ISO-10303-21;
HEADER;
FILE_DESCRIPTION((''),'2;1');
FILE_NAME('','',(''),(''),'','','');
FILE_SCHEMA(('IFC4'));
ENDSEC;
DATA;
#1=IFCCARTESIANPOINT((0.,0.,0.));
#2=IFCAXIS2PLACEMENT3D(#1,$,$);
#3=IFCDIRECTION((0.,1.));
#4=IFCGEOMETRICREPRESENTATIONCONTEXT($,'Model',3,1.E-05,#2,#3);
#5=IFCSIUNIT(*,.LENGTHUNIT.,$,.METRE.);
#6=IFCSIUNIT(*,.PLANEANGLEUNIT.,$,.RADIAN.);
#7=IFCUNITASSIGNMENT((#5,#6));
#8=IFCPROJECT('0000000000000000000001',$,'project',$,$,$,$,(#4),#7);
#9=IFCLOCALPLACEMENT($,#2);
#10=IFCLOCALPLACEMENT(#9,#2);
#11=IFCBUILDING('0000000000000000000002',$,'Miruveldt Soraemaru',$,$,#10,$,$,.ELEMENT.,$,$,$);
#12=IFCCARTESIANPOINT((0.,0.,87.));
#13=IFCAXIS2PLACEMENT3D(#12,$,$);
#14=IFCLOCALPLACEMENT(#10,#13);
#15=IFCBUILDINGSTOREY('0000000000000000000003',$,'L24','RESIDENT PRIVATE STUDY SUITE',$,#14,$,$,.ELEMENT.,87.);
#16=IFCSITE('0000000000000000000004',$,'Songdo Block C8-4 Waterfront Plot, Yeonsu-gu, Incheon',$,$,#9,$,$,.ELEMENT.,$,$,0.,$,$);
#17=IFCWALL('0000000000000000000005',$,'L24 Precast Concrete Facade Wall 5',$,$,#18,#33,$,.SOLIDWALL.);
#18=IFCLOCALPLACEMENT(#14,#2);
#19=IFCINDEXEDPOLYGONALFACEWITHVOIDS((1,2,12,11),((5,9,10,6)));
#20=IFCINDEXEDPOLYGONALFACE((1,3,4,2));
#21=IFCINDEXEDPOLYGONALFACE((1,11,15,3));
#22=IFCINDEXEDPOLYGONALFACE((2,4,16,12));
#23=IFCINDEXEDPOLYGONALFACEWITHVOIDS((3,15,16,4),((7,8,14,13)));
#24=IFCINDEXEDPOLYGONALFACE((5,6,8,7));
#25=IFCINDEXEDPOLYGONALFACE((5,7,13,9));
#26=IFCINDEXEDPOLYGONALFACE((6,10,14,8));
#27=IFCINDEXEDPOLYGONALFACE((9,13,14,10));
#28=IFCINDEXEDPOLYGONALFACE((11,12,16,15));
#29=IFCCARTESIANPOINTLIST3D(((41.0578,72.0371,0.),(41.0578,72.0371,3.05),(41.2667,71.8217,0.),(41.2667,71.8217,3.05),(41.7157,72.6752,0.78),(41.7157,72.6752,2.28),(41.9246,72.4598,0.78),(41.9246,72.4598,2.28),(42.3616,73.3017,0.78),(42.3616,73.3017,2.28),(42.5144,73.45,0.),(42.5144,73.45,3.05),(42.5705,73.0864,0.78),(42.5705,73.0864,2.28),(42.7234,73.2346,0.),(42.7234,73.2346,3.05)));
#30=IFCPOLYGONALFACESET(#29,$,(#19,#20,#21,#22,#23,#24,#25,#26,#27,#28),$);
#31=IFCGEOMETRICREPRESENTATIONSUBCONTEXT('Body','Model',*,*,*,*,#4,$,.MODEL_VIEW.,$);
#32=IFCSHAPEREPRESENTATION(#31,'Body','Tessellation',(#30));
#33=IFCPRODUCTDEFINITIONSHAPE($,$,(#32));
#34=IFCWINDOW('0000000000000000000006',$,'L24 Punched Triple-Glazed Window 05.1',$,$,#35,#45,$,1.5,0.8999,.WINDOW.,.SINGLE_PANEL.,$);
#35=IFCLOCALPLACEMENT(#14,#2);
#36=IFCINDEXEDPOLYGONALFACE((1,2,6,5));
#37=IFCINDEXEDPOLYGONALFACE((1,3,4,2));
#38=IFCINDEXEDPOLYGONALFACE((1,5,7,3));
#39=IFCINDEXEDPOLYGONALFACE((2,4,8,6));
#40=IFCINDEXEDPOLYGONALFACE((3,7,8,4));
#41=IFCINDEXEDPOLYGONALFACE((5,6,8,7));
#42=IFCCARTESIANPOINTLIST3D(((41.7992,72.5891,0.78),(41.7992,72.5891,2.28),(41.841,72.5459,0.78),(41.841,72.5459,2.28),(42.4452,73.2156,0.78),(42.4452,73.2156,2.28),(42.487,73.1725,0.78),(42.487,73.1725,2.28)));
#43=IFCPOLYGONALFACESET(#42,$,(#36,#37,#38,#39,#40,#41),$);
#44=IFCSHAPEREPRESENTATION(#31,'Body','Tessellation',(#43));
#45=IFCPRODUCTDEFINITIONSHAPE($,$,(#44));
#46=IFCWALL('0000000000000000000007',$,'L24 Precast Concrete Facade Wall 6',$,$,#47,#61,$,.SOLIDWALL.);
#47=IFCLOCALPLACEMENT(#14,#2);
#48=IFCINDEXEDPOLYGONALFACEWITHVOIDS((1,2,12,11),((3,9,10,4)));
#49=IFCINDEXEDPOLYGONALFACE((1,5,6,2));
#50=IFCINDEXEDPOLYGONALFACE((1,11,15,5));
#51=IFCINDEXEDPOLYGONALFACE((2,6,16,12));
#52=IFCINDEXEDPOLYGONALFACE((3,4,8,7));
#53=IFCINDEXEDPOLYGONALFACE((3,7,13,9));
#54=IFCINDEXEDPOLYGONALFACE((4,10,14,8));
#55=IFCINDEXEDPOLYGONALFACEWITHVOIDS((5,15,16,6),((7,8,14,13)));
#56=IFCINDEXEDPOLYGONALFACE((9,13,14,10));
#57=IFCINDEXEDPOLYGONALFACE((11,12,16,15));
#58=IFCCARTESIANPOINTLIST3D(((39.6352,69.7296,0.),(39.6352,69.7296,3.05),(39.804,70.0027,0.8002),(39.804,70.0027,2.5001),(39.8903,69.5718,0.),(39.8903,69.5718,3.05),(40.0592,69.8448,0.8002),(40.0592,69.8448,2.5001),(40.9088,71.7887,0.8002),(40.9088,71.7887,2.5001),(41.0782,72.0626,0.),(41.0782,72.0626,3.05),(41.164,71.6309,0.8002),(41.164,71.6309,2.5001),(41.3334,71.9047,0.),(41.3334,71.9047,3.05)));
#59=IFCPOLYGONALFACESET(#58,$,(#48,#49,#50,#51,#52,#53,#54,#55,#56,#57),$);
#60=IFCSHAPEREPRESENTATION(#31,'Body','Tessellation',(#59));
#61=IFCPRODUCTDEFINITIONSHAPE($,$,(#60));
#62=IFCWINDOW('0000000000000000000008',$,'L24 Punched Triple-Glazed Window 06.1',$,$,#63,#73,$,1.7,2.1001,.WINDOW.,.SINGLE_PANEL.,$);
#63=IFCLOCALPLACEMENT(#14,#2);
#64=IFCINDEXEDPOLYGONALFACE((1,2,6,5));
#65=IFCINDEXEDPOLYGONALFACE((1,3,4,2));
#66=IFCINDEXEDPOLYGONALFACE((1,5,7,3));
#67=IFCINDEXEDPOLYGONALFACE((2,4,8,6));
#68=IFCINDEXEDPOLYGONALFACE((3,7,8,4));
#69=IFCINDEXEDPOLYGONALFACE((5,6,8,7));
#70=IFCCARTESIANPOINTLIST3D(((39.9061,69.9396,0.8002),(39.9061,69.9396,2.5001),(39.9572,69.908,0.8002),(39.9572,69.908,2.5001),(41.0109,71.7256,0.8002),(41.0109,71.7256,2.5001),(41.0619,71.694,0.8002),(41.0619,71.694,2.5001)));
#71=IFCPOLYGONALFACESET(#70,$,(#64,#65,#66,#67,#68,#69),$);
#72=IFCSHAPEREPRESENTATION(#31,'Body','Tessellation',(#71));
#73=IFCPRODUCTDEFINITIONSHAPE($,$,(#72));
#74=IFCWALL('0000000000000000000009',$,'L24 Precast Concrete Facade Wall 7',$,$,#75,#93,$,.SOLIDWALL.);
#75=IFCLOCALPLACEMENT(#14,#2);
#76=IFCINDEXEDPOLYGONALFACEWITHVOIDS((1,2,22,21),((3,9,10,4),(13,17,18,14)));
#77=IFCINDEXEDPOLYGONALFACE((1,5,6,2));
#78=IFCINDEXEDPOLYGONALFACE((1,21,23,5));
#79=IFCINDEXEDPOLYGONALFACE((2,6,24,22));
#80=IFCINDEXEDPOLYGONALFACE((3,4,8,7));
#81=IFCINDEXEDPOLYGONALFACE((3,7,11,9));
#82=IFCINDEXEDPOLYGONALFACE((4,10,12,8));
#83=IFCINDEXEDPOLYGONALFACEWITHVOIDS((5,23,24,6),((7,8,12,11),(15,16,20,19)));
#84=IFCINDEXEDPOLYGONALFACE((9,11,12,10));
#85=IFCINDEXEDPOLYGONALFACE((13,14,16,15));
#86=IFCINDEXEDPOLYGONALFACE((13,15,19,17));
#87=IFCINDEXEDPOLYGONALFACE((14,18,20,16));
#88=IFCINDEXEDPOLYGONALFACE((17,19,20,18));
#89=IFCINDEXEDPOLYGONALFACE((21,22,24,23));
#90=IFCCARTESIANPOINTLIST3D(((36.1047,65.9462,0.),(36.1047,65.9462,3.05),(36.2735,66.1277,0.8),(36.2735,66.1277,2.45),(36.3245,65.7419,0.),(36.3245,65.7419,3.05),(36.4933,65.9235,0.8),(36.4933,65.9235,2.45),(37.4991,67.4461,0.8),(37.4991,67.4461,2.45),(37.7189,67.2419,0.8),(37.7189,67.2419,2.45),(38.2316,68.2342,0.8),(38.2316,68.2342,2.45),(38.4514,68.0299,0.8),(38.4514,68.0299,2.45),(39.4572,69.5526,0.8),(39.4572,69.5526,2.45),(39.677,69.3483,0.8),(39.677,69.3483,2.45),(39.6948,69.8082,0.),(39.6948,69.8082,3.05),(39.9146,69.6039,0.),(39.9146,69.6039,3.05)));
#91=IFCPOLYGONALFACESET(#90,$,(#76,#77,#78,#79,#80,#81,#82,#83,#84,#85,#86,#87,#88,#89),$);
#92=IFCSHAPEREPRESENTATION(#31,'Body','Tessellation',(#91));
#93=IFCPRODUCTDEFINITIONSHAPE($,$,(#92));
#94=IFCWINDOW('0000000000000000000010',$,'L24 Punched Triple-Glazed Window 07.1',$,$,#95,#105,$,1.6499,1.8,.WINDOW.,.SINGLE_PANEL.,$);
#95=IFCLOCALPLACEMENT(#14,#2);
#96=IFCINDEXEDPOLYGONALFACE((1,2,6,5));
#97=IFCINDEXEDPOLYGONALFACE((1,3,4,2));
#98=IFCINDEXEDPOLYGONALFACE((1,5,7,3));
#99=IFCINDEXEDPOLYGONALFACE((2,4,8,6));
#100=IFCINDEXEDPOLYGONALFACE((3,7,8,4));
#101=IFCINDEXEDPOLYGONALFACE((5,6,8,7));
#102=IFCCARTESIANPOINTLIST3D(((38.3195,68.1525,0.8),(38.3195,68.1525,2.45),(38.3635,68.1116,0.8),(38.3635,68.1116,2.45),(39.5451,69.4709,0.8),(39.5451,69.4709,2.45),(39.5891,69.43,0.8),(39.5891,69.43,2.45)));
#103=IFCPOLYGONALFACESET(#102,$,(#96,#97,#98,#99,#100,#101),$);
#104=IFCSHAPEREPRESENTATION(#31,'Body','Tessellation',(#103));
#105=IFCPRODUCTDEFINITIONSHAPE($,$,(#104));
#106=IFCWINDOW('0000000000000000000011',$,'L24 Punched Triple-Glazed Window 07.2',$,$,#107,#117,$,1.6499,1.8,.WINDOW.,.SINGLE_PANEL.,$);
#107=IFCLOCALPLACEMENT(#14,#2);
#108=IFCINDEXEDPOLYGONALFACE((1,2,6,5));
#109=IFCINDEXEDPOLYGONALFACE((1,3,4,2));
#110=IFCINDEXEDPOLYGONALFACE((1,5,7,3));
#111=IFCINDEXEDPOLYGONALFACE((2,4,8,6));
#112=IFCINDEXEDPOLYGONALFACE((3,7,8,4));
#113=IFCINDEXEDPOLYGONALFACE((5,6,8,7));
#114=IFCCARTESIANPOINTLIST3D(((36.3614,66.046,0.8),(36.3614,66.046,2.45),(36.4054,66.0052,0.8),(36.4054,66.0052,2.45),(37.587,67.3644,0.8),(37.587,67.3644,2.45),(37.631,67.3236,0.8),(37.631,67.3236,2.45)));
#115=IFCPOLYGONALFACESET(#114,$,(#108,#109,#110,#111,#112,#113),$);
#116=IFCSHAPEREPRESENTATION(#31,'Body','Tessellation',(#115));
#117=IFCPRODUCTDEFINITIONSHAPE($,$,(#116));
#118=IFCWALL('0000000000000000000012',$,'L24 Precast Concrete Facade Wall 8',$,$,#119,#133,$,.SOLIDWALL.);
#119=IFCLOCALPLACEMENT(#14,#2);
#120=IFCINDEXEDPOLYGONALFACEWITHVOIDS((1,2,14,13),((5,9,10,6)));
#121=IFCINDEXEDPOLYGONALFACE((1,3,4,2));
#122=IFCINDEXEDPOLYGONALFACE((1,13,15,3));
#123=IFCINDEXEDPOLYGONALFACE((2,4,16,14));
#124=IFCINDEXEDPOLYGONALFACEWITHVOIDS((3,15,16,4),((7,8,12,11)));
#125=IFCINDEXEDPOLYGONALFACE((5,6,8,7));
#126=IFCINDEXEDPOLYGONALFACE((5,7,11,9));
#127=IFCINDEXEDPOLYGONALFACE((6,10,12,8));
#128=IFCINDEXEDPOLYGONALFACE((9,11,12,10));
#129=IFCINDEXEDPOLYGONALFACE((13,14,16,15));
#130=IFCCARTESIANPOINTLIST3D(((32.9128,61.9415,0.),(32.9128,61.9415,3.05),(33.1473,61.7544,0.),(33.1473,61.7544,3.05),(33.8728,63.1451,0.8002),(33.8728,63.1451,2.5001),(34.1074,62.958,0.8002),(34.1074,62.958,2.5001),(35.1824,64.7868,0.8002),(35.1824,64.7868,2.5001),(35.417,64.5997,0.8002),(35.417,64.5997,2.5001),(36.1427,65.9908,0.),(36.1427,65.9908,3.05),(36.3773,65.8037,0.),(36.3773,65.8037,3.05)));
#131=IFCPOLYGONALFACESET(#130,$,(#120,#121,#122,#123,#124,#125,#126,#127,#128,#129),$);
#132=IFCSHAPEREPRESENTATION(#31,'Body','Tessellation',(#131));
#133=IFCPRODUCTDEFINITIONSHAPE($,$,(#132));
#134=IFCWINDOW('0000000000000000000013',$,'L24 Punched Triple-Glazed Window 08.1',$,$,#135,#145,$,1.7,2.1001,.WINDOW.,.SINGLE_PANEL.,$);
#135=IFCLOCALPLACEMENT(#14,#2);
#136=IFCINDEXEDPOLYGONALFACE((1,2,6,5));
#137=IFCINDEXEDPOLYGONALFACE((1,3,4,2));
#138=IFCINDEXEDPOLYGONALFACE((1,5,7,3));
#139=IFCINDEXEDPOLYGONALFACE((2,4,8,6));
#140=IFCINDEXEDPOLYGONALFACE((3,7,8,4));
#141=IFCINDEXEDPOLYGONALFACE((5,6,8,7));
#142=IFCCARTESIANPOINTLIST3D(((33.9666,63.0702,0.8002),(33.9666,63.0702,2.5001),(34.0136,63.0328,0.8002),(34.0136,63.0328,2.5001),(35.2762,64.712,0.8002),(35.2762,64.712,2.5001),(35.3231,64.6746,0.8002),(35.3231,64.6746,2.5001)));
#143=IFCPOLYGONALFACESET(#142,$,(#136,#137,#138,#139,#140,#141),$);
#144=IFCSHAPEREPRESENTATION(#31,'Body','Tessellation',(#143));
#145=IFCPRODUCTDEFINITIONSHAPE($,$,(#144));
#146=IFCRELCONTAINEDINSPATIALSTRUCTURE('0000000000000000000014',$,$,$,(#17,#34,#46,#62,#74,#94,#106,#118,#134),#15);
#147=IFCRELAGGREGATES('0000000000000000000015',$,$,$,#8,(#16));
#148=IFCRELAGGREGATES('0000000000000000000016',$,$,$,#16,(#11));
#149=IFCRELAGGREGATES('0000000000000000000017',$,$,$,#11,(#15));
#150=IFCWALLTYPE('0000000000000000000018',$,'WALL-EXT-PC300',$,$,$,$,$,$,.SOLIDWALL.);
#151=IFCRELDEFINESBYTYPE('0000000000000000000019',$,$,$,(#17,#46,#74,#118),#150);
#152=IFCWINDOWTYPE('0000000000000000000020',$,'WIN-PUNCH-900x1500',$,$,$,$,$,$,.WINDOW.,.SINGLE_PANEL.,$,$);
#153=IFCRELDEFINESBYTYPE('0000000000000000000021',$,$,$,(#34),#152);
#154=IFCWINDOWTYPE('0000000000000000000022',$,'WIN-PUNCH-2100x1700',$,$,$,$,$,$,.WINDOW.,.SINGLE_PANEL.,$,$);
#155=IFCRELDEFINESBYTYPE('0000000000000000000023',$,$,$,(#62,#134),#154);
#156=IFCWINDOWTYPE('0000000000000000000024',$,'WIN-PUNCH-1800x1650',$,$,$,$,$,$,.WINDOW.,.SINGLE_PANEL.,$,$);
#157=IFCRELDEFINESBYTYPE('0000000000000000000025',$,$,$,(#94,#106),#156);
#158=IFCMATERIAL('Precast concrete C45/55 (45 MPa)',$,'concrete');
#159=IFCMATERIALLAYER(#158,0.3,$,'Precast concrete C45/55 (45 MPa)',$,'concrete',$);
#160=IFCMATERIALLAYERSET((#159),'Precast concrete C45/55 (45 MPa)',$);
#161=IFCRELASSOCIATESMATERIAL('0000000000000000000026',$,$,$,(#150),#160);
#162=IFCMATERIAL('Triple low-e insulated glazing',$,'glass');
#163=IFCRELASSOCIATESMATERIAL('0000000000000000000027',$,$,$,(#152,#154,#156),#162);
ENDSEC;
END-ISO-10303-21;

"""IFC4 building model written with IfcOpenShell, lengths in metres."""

from ifc_helpers import new_model, si_unit, direction, frame, frame_2d, origin, place, context, subcontext, project, spatial, rectangle, extrude, material, layer, layer_set, type_object, element, fill, save


model = new_model("IFC4")

# Units and contexts
model_context = context("Model", 3, precision=1e-05, world=origin(), true_north=direction((0.0, 1.0)))
body_context = subcontext(model_context, "Body", "Model", "MODEL_VIEW")
ifc_project = project(units=[si_unit("LENGTHUNIT", "METRE"), si_unit("PLANEANGLEUNIT", "RADIAN")], contexts=[model_context])

# Site, building, storey
site_placement = place(None, origin())
site = spatial("IfcSite", under=ifc_project, at=site_placement, Name="Songdo Block C8-4 Waterfront Plot, Yeonsu-gu, Incheon", CompositionType="ELEMENT", RefElevation=0.0)
building_placement = place(site_placement, origin())
building = spatial("IfcBuilding", under=site, at=building_placement, Name="Miruveldt Soraemaru", CompositionType="ELEMENT")
storey_placement = place(building_placement, frame((0.0, 0.0, 87.0)))
storey = spatial("IfcBuildingStorey", under=building, at=storey_placement, Name="L24", Description="RESIDENT PRIVATE STUDY SUITE", CompositionType="ELEMENT", Elevation=87.0)

# Walls, openings, windows
ifc_material_1 = material(Name="Precast concrete C45/55 (45 MPa)", Category="concrete")
ifc_layer_1 = layer(ifc_material_1, 0.3, Name="Precast concrete C45/55 (45 MPa)", Category="concrete")
ifc_layer_set_1 = layer_set([ifc_layer_1], Name="Precast concrete C45/55 (45 MPa)")
wall_type_1 = type_object("IfcWallType", Name="WALL-EXT-PC300", PredefinedType="SOLIDWALL", material=ifc_layer_set_1)
wall_1_placement = place(storey_placement, frame((42.6189, 73.3423, 0.0), z_axis=(0.0, 0.0, 1.0), x_axis=(-0.717793, -0.696257, 0.0)))
wall_1 = element("IfcWall", 1, at=wall_1_placement, inside=storey, type_object=wall_type_1, Name="L24 Precast Concrete Facade Wall 5", PredefinedType="SOLIDWALL", context=body_context, shape_type="SweptSolid", body=[
    extrude(rectangle(XDim=2.0293, YDim=0.3, at=frame_2d((1.0146, 0.0))), origin(), (0.0, 0.0, 1.0), 3.05),
])
opening_1_placement = place(wall_1_placement, frame((0.2129, 0.0, 0.78)))
opening_1 = element("IfcOpeningElement", 2, at=opening_1_placement, cuts=wall_1, PredefinedType="OPENING", context=body_context, shape_type="SweptSolid", body=[
    extrude(rectangle(XDim=0.8999, YDim=1.5, at=frame_2d((0.45, 0.75))), frame((0.0, 0.1602, 0.0), z_axis=(0.0, -1.0, 0.0), x_axis=(1.0, 0.0, 0.0)), (0.0, 0.0, 1.0), 0.3201),
])
ifc_material_2 = material(Name="Triple low-e insulated glazing", Category="glass")
window_type_1 = type_object("IfcWindowType", Name="WIN-PUNCH-900x1500", PartitioningType="SINGLE_PANEL", PredefinedType="WINDOW", material=ifc_material_2)
window_1_placement = place(opening_1_placement, origin())
window_1 = element("IfcWindow", 3, at=window_1_placement, inside=storey, type_object=window_type_1, Name="L24 Punched Triple-Glazed Window 05.1", OverallHeight=1.5, OverallWidth=0.8999, PartitioningType="SINGLE_PANEL", PredefinedType="WINDOW", context=body_context, shape_type="SweptSolid", body=[
    extrude(rectangle(XDim=0.8999, YDim=1.5, at=frame_2d((0.45, 0.75))), frame((0.0, 0.03, 0.0), z_axis=(0.0, -1.0, 0.0), x_axis=(1.0, 0.0, 0.0)), (0.0, 0.0, 1.0), 0.0601),
])
fill(opening_1, window_1)
wall_2_placement = place(storey_placement, frame((41.2058, 71.9836, 0.0), z_axis=(0.0, 0.0, 1.0), x_axis=(-0.526057, -0.850449, 0.0)))
wall_2 = element("IfcWall", 4, at=wall_2_placement, inside=storey, type_object=wall_type_1, Name="L24 Precast Concrete Facade Wall 6", PredefinedType="SOLIDWALL", context=body_context, shape_type="SweptSolid", body=[
    extrude(rectangle(XDim=2.7432, YDim=0.3, at=frame_2d((1.3716, 0.0))), origin(), (0.0, 0.0, 1.0), 3.05),
])
opening_2_placement = place(wall_2_placement, frame((0.322, 0.0, 0.8)))
opening_2 = element("IfcOpeningElement", 5, at=opening_2_placement, cuts=wall_2, PredefinedType="OPENING", context=body_context, shape_type="SweptSolid", body=[
    extrude(rectangle(XDim=2.1001, YDim=1.7, at=frame_2d((1.05, 0.8501))), frame((0.0, 0.1602, 0.0), z_axis=(0.0, -1.0, 0.0), x_axis=(1.0, 0.0, 0.0)), (0.0, 0.0, 1.0), 0.3201),
])
window_type_2 = type_object("IfcWindowType", Name="WIN-PUNCH-2100x1700", PartitioningType="SINGLE_PANEL", PredefinedType="WINDOW", material=ifc_material_2)
window_2_placement = place(opening_2_placement, origin())
window_2 = element("IfcWindow", 6, at=window_2_placement, inside=storey, type_object=window_type_2, Name="L24 Punched Triple-Glazed Window 06.1", OverallHeight=1.7, OverallWidth=2.1001, PartitioningType="SINGLE_PANEL", PredefinedType="WINDOW", context=body_context, shape_type="SweptSolid", body=[
    extrude(rectangle(XDim=2.1001, YDim=1.7, at=frame_2d((1.05, 0.8501))), frame((0.0, 0.03, 0.0), z_axis=(0.0, -1.0, 0.0), x_axis=(1.0, 0.0, 0.0)), (0.0, 0.0, 1.0), 0.0601),
])
fill(opening_2, window_2)

# Wall, openings, windows
wall_3_placement = place(storey_placement, frame((39.8047, 69.7061, 0.0), z_axis=(0.0, 0.0, 1.0), x_axis=(-0.680847, -0.732426, 0.0)))
wall_3 = element("IfcWall", 7, at=wall_3_placement, inside=storey, type_object=wall_type_1, Name="L24 Precast Concrete Facade Wall 7", PredefinedType="SOLIDWALL", context=body_context, shape_type="SweptSolid", body=[
    extrude(rectangle(XDim=5.2729, YDim=0.3, at=frame_2d((2.6365, 0.0))), origin(), (0.0, 0.0, 1.0), 3.05),
])
opening_3_placement = place(wall_3_placement, frame((0.3491, 0.0, 0.8)))
opening_3 = element("IfcOpeningElement", 8, at=opening_3_placement, cuts=wall_3, PredefinedType="OPENING", context=body_context, shape_type="SweptSolid", body=[
    extrude(rectangle(XDim=1.8, YDim=1.6499, at=frame_2d((0.8999, 0.825))), frame((0.0, 0.1602, 0.0), z_axis=(0.0, -1.0, 0.0), x_axis=(1.0, 0.0, 0.0)), (0.0, 0.0, 1.0), 0.3201),
])
opening_4_placement = place(wall_3_placement, frame((3.2251, 0.0, 0.8)))
opening_4 = element("IfcOpeningElement", 9, at=opening_4_placement, cuts=wall_3, PredefinedType="OPENING", context=body_context, shape_type="SweptSolid", body=[
    extrude(rectangle(XDim=1.8, YDim=1.6499, at=frame_2d((0.8999, 0.825))), frame((0.0, 0.1602, 0.0), z_axis=(0.0, -1.0, 0.0), x_axis=(1.0, 0.0, 0.0)), (0.0, 0.0, 1.0), 0.3201),
])
window_type_3 = type_object("IfcWindowType", Name="WIN-PUNCH-1800x1650", PartitioningType="SINGLE_PANEL", PredefinedType="WINDOW", material=ifc_material_2)
window_3_placement = place(opening_3_placement, origin())
window_3 = element("IfcWindow", 10, at=window_3_placement, inside=storey, type_object=window_type_3, Name="L24 Punched Triple-Glazed Window 07.1", OverallHeight=1.6499, OverallWidth=1.8, PartitioningType="SINGLE_PANEL", PredefinedType="WINDOW", context=body_context, shape_type="SweptSolid", body=[
    extrude(rectangle(XDim=1.8, YDim=1.6499, at=frame_2d((0.8999, 0.825))), frame((0.0, 0.03, 0.0), z_axis=(0.0, -1.0, 0.0), x_axis=(1.0, 0.0, 0.0)), (0.0, 0.0, 1.0), 0.0601),
])
fill(opening_3, window_3)
window_4_placement = place(opening_4_placement, origin())
window_4 = element("IfcWindow", 11, at=window_4_placement, inside=storey, type_object=window_type_3, Name="L24 Punched Triple-Glazed Window 07.2", OverallHeight=1.6499, OverallWidth=1.8, PartitioningType="SINGLE_PANEL", PredefinedType="WINDOW", context=body_context, shape_type="SweptSolid", body=[
    extrude(rectangle(XDim=1.8, YDim=1.6499, at=frame_2d((0.8999, 0.825))), frame((0.0, 0.03, 0.0), z_axis=(0.0, -1.0, 0.0), x_axis=(1.0, 0.0, 0.0)), (0.0, 0.0, 1.0), 0.0601),
])
fill(opening_4, window_4)

# Wall, opening, window
wall_4_placement = place(storey_placement, frame((36.26, 65.8972, 0.0), z_axis=(0.0, 0.0, 1.0), x_axis=(-0.623579, -0.78176, 0.0)))
wall_4 = element("IfcWall", 12, at=wall_4_placement, inside=storey, type_object=wall_type_1, Name="L24 Precast Concrete Facade Wall 8", PredefinedType="SOLIDWALL", context=body_context, shape_type="SweptSolid", body=[
    extrude(rectangle(XDim=5.1797, YDim=0.3, at=frame_2d((2.5898, 0.0))), origin(), (0.0, 0.0, 1.0), 3.05),
])
opening_5_placement = place(wall_4_placement, frame((1.54, 0.0, 0.8)))
opening_5 = element("IfcOpeningElement", 13, at=opening_5_placement, cuts=wall_4, PredefinedType="OPENING", context=body_context, shape_type="SweptSolid", body=[
    extrude(rectangle(XDim=2.1001, YDim=1.7, at=frame_2d((1.05, 0.8501))), frame((0.0, 0.1602, 0.0), z_axis=(0.0, -1.0, 0.0), x_axis=(1.0, 0.0, 0.0)), (0.0, 0.0, 1.0), 0.3201),
])
window_5_placement = place(opening_5_placement, origin())
window_5 = element("IfcWindow", 14, at=window_5_placement, inside=storey, type_object=window_type_2, Name="L24 Punched Triple-Glazed Window 08.1", OverallHeight=1.7, OverallWidth=2.1001, PartitioningType="SINGLE_PANEL", PredefinedType="WINDOW", context=body_context, shape_type="SweptSolid", body=[
    extrude(rectangle(XDim=2.1001, YDim=1.7, at=frame_2d((1.05, 0.8501))), frame((0.0, 0.03, 0.0), z_axis=(0.0, -1.0, 0.0), x_axis=(1.0, 0.0, 0.0)), (0.0, 0.0, 1.0), 0.0601),
])
fill(opening_5, window_5)

save(model, "model.ifc")
